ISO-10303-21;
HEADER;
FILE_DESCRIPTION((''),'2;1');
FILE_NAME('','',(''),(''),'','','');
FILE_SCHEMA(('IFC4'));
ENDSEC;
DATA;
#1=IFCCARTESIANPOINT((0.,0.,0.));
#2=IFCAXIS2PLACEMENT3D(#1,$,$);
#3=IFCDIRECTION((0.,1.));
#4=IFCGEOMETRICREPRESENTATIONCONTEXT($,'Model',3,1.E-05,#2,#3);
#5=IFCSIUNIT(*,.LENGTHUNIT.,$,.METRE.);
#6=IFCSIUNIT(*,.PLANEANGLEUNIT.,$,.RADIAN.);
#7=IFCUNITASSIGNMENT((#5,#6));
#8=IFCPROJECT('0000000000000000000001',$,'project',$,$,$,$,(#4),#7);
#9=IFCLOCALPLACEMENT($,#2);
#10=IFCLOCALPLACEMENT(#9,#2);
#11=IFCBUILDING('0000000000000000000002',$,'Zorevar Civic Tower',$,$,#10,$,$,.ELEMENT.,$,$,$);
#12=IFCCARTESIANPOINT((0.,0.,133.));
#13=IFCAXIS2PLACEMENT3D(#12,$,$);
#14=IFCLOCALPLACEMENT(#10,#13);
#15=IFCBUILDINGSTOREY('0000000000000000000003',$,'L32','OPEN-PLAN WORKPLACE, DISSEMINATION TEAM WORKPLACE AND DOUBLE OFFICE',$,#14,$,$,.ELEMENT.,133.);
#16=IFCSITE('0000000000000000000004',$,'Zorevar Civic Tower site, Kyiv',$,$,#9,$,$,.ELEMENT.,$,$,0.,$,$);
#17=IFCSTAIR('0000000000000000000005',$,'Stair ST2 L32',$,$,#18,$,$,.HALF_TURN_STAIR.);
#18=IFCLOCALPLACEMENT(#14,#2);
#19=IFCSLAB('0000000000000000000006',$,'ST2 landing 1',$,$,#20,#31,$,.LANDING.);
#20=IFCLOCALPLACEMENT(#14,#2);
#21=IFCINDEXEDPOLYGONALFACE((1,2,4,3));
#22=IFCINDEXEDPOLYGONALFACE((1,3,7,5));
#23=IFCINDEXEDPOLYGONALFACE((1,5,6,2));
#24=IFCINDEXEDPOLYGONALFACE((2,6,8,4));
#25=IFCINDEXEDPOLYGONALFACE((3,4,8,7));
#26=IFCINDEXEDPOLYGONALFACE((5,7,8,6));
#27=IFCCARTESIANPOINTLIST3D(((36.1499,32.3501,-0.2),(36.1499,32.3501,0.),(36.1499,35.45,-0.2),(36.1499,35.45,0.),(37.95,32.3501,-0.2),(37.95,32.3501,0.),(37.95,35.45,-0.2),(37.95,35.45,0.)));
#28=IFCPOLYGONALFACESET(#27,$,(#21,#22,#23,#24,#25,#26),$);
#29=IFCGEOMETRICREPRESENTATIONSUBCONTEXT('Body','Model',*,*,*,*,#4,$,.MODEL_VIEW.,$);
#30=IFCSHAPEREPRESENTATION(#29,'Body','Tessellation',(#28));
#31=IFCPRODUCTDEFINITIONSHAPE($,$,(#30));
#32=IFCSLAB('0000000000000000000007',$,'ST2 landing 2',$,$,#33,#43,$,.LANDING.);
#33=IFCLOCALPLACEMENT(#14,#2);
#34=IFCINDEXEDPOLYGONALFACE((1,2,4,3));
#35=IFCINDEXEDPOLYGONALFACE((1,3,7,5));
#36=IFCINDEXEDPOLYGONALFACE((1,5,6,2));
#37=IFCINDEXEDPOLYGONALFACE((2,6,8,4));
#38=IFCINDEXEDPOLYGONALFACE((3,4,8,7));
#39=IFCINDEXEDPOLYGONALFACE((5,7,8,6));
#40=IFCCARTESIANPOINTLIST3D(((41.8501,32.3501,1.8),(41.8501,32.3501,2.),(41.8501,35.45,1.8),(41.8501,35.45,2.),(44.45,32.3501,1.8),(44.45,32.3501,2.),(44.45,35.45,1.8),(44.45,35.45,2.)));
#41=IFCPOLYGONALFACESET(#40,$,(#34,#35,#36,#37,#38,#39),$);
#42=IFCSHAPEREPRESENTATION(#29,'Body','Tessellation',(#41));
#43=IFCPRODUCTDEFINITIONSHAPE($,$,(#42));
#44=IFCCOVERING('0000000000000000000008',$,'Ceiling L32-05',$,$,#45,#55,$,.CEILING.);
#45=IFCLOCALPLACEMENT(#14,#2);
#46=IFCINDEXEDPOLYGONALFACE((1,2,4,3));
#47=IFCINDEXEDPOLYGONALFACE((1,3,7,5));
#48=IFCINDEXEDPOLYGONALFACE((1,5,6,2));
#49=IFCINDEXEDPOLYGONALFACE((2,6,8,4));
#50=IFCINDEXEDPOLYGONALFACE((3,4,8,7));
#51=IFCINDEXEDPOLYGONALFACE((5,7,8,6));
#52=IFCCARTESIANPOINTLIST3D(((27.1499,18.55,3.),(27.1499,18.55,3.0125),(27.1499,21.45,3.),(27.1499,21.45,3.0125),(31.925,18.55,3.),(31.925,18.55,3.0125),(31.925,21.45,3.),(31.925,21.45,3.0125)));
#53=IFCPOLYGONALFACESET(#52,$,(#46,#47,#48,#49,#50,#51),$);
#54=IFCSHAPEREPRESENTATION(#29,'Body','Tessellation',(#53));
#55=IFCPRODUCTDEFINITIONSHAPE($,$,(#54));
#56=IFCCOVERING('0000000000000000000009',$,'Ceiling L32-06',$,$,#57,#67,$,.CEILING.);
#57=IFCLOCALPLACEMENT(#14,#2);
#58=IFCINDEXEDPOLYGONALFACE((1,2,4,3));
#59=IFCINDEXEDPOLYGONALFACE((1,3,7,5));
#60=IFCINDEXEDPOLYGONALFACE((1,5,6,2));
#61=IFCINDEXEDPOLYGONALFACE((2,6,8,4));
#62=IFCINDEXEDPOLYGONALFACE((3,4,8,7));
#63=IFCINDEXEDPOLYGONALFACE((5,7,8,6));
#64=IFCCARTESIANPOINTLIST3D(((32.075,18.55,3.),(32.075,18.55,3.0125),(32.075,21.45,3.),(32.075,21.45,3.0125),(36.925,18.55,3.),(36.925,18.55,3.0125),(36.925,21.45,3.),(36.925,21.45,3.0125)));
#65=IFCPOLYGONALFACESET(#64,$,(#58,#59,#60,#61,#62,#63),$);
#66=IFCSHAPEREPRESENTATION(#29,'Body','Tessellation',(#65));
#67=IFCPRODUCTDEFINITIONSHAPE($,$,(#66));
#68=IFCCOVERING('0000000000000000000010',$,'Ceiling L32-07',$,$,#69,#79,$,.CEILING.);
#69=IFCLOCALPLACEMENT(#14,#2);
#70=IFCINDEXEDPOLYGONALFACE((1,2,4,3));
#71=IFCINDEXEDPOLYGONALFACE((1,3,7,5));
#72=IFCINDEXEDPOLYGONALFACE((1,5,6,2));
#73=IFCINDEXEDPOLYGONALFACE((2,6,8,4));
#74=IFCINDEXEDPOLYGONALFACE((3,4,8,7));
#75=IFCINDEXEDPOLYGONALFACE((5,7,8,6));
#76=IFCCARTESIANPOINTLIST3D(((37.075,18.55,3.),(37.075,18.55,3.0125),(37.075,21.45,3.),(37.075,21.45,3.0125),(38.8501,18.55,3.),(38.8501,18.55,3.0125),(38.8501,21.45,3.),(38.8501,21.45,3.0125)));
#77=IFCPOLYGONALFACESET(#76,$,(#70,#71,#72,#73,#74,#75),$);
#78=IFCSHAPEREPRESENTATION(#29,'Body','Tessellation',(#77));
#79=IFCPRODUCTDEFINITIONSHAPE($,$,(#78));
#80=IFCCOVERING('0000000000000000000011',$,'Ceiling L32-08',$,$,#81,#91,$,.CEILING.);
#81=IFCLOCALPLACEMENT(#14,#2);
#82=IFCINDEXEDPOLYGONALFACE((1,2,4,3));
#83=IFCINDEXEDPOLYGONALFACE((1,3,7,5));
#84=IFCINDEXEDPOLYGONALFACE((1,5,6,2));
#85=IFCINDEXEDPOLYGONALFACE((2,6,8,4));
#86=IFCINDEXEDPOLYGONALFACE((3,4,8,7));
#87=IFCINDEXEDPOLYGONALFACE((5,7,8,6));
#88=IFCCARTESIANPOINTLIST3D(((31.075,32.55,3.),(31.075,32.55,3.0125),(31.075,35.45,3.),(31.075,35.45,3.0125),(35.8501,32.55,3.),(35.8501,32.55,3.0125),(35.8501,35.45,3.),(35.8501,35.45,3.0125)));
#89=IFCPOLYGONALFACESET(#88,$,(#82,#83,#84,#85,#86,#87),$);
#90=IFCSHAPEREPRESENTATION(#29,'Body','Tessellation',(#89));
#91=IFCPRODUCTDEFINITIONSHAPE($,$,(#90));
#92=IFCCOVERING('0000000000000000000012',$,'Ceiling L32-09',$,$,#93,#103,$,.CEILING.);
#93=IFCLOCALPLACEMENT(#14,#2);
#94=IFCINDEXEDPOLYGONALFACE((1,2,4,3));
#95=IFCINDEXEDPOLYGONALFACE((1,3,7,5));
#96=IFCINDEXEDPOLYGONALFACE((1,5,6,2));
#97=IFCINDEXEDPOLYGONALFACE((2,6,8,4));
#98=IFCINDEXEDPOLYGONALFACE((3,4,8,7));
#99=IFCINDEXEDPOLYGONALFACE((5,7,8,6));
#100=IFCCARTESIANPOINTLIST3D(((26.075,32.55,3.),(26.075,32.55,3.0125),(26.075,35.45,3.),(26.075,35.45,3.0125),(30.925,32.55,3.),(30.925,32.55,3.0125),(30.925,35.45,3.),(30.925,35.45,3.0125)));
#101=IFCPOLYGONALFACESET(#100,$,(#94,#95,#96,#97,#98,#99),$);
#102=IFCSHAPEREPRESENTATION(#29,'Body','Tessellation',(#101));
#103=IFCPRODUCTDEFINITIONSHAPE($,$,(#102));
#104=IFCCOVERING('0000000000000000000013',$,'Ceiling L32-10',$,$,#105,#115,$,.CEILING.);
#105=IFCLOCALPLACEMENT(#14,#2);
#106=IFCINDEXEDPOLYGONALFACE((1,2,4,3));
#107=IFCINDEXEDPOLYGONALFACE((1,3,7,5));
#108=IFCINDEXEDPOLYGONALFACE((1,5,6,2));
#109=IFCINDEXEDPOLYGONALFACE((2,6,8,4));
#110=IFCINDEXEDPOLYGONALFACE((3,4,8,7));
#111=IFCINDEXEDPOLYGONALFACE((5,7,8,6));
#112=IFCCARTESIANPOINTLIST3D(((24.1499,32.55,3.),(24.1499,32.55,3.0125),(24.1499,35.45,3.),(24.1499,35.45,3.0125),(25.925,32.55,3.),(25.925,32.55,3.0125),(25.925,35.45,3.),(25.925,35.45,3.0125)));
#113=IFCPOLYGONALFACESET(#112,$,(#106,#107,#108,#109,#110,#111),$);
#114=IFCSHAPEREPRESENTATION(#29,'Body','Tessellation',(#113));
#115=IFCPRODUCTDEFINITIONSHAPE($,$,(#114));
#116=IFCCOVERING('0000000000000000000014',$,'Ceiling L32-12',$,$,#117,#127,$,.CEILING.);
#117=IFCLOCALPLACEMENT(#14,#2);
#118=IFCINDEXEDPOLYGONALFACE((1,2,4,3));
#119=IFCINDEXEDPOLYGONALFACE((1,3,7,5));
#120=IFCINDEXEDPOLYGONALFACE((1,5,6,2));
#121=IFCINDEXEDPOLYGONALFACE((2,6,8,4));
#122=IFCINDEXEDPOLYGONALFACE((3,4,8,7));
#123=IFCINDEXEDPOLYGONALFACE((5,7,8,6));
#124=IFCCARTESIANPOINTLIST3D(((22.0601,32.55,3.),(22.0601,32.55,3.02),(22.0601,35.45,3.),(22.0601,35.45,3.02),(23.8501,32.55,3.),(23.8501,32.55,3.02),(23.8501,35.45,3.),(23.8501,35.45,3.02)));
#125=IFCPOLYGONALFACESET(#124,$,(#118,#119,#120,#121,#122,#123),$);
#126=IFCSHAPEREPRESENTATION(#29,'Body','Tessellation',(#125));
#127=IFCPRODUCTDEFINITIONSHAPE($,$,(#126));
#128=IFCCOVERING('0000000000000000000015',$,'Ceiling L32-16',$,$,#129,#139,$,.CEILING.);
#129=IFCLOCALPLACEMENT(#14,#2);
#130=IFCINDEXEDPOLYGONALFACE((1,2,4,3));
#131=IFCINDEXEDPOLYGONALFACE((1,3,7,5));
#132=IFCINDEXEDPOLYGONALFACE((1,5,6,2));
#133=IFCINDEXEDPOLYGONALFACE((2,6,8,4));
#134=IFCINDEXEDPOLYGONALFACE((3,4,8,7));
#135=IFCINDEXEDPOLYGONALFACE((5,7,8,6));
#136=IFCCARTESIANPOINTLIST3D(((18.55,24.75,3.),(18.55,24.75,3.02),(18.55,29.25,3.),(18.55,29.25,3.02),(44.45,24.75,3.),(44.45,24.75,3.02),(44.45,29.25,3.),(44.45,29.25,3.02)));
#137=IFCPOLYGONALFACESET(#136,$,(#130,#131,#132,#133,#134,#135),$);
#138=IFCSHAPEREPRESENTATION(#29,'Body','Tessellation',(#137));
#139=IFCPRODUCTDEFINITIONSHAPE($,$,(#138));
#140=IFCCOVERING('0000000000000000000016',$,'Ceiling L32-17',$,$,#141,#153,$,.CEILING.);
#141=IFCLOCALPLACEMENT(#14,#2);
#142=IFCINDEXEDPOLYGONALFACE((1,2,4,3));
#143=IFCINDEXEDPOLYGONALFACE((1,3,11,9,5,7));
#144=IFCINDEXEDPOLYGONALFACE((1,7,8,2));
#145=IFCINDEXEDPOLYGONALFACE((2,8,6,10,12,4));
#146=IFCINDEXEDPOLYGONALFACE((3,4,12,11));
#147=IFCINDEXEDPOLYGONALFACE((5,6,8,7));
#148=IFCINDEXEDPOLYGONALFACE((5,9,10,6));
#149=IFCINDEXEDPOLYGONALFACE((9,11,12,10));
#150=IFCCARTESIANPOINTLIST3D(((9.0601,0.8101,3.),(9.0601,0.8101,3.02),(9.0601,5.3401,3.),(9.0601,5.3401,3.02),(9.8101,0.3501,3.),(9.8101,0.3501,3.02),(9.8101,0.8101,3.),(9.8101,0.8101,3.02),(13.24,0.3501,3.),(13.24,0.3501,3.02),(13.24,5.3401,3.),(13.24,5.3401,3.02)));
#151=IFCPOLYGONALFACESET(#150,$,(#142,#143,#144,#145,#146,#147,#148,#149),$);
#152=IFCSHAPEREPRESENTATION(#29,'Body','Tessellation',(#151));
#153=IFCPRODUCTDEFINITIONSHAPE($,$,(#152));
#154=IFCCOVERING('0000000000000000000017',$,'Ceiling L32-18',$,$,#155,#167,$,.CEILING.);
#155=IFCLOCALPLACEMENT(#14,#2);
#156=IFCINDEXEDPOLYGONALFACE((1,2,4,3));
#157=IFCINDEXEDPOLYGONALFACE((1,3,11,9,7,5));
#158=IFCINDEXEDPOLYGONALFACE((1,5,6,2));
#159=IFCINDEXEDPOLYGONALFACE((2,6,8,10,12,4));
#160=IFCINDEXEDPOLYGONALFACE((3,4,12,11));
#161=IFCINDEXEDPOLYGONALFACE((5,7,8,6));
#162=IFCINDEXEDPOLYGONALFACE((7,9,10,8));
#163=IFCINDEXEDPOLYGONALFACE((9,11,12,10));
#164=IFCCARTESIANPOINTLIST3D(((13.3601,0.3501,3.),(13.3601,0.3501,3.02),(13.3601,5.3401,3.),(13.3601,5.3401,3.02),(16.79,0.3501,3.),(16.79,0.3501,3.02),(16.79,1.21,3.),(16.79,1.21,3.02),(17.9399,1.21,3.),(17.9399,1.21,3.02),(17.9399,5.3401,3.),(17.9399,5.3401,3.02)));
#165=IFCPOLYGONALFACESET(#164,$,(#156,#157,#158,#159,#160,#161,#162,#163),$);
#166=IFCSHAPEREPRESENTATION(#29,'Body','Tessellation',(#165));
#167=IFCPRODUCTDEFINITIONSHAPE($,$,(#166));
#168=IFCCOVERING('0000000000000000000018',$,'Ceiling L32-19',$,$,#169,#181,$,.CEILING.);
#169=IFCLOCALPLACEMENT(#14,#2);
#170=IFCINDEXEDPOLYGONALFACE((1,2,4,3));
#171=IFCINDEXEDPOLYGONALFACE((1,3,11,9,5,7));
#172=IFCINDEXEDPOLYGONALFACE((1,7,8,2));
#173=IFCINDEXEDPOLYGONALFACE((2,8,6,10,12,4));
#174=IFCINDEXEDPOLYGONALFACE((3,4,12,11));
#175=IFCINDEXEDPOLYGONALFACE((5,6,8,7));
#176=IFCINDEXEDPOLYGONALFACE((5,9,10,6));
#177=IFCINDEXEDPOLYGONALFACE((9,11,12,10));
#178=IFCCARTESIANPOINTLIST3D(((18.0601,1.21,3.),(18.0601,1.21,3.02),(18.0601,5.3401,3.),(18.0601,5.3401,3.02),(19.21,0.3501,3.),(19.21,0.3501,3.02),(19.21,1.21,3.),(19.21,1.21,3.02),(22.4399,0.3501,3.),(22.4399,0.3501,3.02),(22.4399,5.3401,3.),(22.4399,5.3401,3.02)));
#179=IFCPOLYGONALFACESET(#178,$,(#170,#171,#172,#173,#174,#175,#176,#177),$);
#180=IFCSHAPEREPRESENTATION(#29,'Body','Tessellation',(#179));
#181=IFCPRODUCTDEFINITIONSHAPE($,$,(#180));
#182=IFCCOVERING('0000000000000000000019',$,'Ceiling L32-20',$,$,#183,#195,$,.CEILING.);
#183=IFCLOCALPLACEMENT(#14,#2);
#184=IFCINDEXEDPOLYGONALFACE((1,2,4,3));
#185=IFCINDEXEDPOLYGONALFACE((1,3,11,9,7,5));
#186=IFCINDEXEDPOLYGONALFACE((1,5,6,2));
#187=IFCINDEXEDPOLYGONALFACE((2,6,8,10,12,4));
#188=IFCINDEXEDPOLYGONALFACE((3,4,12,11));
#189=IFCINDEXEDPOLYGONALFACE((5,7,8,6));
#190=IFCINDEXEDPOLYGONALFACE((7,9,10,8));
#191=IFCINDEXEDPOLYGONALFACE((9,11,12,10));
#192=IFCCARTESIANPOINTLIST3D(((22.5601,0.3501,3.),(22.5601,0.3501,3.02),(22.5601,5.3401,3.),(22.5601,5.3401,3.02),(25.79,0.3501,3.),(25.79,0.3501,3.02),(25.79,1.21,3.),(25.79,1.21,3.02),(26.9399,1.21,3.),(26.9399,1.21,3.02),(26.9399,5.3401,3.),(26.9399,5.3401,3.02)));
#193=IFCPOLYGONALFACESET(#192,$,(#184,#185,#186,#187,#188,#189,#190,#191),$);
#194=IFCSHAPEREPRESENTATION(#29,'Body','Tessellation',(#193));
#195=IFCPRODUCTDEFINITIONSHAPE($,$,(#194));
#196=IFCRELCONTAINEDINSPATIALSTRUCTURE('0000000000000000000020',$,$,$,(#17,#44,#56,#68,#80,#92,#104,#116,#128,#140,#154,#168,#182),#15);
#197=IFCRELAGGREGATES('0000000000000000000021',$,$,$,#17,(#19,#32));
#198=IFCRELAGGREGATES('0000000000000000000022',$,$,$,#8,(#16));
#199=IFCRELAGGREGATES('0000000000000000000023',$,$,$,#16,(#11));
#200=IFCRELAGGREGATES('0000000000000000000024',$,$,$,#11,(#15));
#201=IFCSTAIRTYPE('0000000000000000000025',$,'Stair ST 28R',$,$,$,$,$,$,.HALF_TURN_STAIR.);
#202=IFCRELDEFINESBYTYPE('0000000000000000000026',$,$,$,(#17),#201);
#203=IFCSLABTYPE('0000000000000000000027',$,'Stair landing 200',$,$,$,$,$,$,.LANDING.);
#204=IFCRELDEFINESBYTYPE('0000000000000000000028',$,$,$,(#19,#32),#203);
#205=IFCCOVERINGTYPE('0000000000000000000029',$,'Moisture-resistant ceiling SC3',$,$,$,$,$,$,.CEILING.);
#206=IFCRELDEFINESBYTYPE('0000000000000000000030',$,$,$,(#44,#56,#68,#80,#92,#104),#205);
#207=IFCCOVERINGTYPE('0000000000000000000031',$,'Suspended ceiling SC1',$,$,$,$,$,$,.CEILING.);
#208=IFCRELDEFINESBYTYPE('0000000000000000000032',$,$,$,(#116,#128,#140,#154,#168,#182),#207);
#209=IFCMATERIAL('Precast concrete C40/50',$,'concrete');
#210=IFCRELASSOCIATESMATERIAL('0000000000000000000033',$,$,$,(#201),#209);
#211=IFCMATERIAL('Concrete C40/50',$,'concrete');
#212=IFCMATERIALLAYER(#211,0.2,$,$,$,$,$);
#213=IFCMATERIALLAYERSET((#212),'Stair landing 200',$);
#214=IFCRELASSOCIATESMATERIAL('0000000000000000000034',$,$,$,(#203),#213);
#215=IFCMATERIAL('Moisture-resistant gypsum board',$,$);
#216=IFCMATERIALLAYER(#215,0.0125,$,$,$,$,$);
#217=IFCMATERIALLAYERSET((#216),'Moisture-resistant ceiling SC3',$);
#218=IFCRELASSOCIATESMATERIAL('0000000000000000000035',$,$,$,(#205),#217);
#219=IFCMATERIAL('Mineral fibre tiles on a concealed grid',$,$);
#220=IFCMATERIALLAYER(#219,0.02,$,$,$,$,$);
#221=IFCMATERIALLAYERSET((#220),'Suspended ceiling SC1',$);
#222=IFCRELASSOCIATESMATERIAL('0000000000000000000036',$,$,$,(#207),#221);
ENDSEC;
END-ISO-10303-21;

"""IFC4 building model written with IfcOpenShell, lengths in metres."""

from ifc_helpers import new_model, si_unit, direction, frame, origin, place, context, subcontext, project, spatial, polyline, outline, extrude, material, layer, layer_set, type_object, element, aggregate, save


model = new_model("IFC4")

# Units and contexts
model_context = context("Model", 3, precision=1e-05, world=origin(), true_north=direction((0.0, 1.0)))
body_context = subcontext(model_context, "Body", "Model", "MODEL_VIEW")
ifc_project = project(units=[si_unit("LENGTHUNIT", "METRE"), si_unit("PLANEANGLEUNIT", "RADIAN")], contexts=[model_context])

# Site, building, storey
site_placement = place(None, origin())
site = spatial("IfcSite", under=ifc_project, at=site_placement, Name="Zorevar Civic Tower site, Kyiv", CompositionType="ELEMENT", RefElevation=0.0)
building_placement = place(site_placement, origin())
building = spatial("IfcBuilding", under=site, at=building_placement, Name="Zorevar Civic Tower", CompositionType="ELEMENT")
storey_placement = place(building_placement, frame((0.0, 0.0, 133.0)))
storey = spatial("IfcBuildingStorey", under=building, at=storey_placement, Name="L32", Description="OPEN-PLAN WORKPLACE, DISSEMINATION TEAM WORKPLACE AND DOUBLE OFFICE", CompositionType="ELEMENT", Elevation=133.0)

# Stair, slabs
ifc_material_1 = material(Name="Precast concrete C40/50", Category="concrete")
stair_type = type_object("IfcStairType", Name="Stair ST 28R", PredefinedType="HALF_TURN_STAIR", material=ifc_material_1)
ifc_material_2 = material(Name="Concrete C40/50", Category="concrete")
ifc_layer_1 = layer(ifc_material_2, 0.2)
ifc_layer_set_1 = layer_set([ifc_layer_1], Name="Stair landing 200")
slab_type_1 = type_object("IfcSlabType", Name="Stair landing 200", PredefinedType="LANDING", material=ifc_layer_set_1)
stair_1_placement = place(storey_placement, origin())
stair_1 = element("IfcStair", 1, at=stair_1_placement, inside=storey, type_object=stair_type, Name="Stair ST2 L32", PredefinedType="HALF_TURN_STAIR")
slab_1_placement = place(storey_placement, frame((0.0, 0.0, -0.2)))
slab_1 = element("IfcSlab", 2, at=slab_1_placement, type_object=slab_type_1, Name="ST2 landing 1", PredefinedType="LANDING", context=body_context, shape_type="SweptSolid", body=[
    extrude(outline(polyline([(37.95, 32.3501), (36.1499, 32.3501), (36.1499, 35.45), (37.95, 35.45), (37.95, 32.3501)])), origin(), (0.0, 0.0, 1.0), 0.2),
])
slab_2_placement = place(storey_placement, frame((0.0, 0.0, 1.8)))
slab_2 = element("IfcSlab", 3, at=slab_2_placement, type_object=slab_type_1, Name="ST2 landing 2", PredefinedType="LANDING", context=body_context, shape_type="SweptSolid", body=[
    extrude(outline(polyline([(44.45, 32.3501), (41.8501, 32.3501), (41.8501, 35.45), (44.45, 35.45), (44.45, 32.3501)])), origin(), (0.0, 0.0, 1.0), 0.2),
])
aggregate(stair_1, [slab_1, slab_2])

# Coverings
ifc_material_3 = material(Name="Moisture-resistant gypsum board")
ifc_layer_2 = layer(ifc_material_3, 0.0125)
ifc_layer_set_2 = layer_set([ifc_layer_2], Name="Moisture-resistant ceiling SC3")
covering_type_1 = type_object("IfcCoveringType", Name="Moisture-resistant ceiling SC3", PredefinedType="CEILING", material=ifc_layer_set_2)
covering_1_placement = place(storey_placement, frame((0.0, 0.0, 3.0)))
element("IfcCovering", 4, at=covering_1_placement, inside=storey, type_object=covering_type_1, Name="Ceiling L32-05", PredefinedType="CEILING", context=body_context, shape_type="SweptSolid", body=[
    extrude(outline(polyline([(31.925, 18.55), (31.925, 21.45), (27.1499, 21.45), (27.1499, 18.55), (31.925, 18.55)])), origin(), (0.0, 0.0, 1.0), 0.0125),
])
covering_2_placement = place(storey_placement, frame((0.0, 0.0, 3.0)))
element("IfcCovering", 5, at=covering_2_placement, inside=storey, type_object=covering_type_1, Name="Ceiling L32-06", PredefinedType="CEILING", context=body_context, shape_type="SweptSolid", body=[
    extrude(outline(polyline([(36.925, 18.55), (36.925, 21.45), (32.075, 21.45), (32.075, 18.55), (36.925, 18.55)])), origin(), (0.0, 0.0, 1.0), 0.0125),
])
covering_3_placement = place(storey_placement, frame((0.0, 0.0, 3.0)))
element("IfcCovering", 6, at=covering_3_placement, inside=storey, type_object=covering_type_1, Name="Ceiling L32-07", PredefinedType="CEILING", context=body_context, shape_type="SweptSolid", body=[
    extrude(outline(polyline([(38.8501, 18.55), (38.8501, 21.45), (37.075, 21.45), (37.075, 18.55), (38.8501, 18.55)])), origin(), (0.0, 0.0, 1.0), 0.0125),
])
covering_4_placement = place(storey_placement, frame((0.0, 0.0, 3.0)))
element("IfcCovering", 7, at=covering_4_placement, inside=storey, type_object=covering_type_1, Name="Ceiling L32-08", PredefinedType="CEILING", context=body_context, shape_type="SweptSolid", body=[
    extrude(outline(polyline([(35.8501, 32.55), (35.8501, 35.45), (31.075, 35.45), (31.075, 32.55), (35.8501, 32.55)])), origin(), (0.0, 0.0, 1.0), 0.0125),
])
covering_5_placement = place(storey_placement, frame((0.0, 0.0, 3.0)))
element("IfcCovering", 8, at=covering_5_placement, inside=storey, type_object=covering_type_1, Name="Ceiling L32-09", PredefinedType="CEILING", context=body_context, shape_type="SweptSolid", body=[
    extrude(outline(polyline([(30.925, 32.55), (30.925, 35.45), (26.075, 35.45), (26.075, 32.55), (30.925, 32.55)])), origin(), (0.0, 0.0, 1.0), 0.0125),
])
covering_6_placement = place(storey_placement, frame((0.0, 0.0, 3.0)))
element("IfcCovering", 9, at=covering_6_placement, inside=storey, type_object=covering_type_1, Name="Ceiling L32-10", PredefinedType="CEILING", context=body_context, shape_type="SweptSolid", body=[
    extrude(outline(polyline([(25.925, 32.55), (25.925, 35.45), (24.1499, 35.45), (24.1499, 32.55), (25.925, 32.55)])), origin(), (0.0, 0.0, 1.0), 0.0125),
])
ifc_material_4 = material(Name="Mineral fibre tiles on a concealed grid")
ifc_layer_3 = layer(ifc_material_4, 0.02)
ifc_layer_set_3 = layer_set([ifc_layer_3], Name="Suspended ceiling SC1")
covering_type_2 = type_object("IfcCoveringType", Name="Suspended ceiling SC1", PredefinedType="CEILING", material=ifc_layer_set_3)
covering_7_placement = place(storey_placement, frame((0.0, 0.0, 3.0)))
element("IfcCovering", 10, at=covering_7_placement, inside=storey, type_object=covering_type_2, Name="Ceiling L32-12", PredefinedType="CEILING", context=body_context, shape_type="SweptSolid", body=[
    extrude(outline(polyline([(23.8501, 32.55), (23.8501, 35.45), (22.0601, 35.45), (22.0601, 32.55), (23.8501, 32.55)])), origin(), (0.0, 0.0, 1.0), 0.02),
])
covering_8_placement = place(storey_placement, frame((0.0, 0.0, 3.0)))
element("IfcCovering", 11, at=covering_8_placement, inside=storey, type_object=covering_type_2, Name="Ceiling L32-16", PredefinedType="CEILING", context=body_context, shape_type="SweptSolid", body=[
    extrude(outline(polyline([(44.45, 24.75), (44.45, 29.25), (18.55, 29.25), (18.55, 24.75), (44.45, 24.75)])), origin(), (0.0, 0.0, 1.0), 0.02),
])
covering_9_placement = place(storey_placement, frame((0.0, 0.0, 3.0)))
element("IfcCovering", 12, at=covering_9_placement, inside=storey, type_object=covering_type_2, Name="Ceiling L32-17", PredefinedType="CEILING", context=body_context, shape_type="SweptSolid", body=[
    extrude(outline(polyline([(13.24, 5.3401), (13.24, 0.3501), (9.8101, 0.3501), (9.8101, 0.8101), (9.0601, 0.8101), (9.0601, 5.3401), (13.24, 5.3401)])), origin(), (0.0, 0.0, 1.0), 0.02),
])
covering_10_placement = place(storey_placement, frame((0.0, 0.0, 3.0)))
element("IfcCovering", 13, at=covering_10_placement, inside=storey, type_object=covering_type_2, Name="Ceiling L32-18", PredefinedType="CEILING", context=body_context, shape_type="SweptSolid", body=[
    extrude(outline(polyline([(17.9399, 5.3401), (17.9399, 1.21), (16.79, 1.21), (16.79, 0.3501), (13.3601, 0.3501), (13.3601, 5.3401), (17.9399, 5.3401)])), origin(), (0.0, 0.0, 1.0), 0.02),
])
covering_11_placement = place(storey_placement, frame((0.0, 0.0, 3.0)))
element("IfcCovering", 14, at=covering_11_placement, inside=storey, type_object=covering_type_2, Name="Ceiling L32-19", PredefinedType="CEILING", context=body_context, shape_type="SweptSolid", body=[
    extrude(outline(polyline([(22.4399, 5.3401), (22.4399, 0.3501), (19.21, 0.3501), (19.21, 1.21), (18.0601, 1.21), (18.0601, 5.3401), (22.4399, 5.3401)])), origin(), (0.0, 0.0, 1.0), 0.02),
])
covering_12_placement = place(storey_placement, frame((0.0, 0.0, 3.0)))
element("IfcCovering", 15, at=covering_12_placement, inside=storey, type_object=covering_type_2, Name="Ceiling L32-20", PredefinedType="CEILING", context=body_context, shape_type="SweptSolid", body=[
    extrude(outline(polyline([(26.9399, 5.3401), (26.9399, 1.21), (25.79, 1.21), (25.79, 0.3501), (22.5601, 0.3501), (22.5601, 5.3401), (26.9399, 5.3401)])), origin(), (0.0, 0.0, 1.0), 0.02),
])

save(model, "model.ifc")
